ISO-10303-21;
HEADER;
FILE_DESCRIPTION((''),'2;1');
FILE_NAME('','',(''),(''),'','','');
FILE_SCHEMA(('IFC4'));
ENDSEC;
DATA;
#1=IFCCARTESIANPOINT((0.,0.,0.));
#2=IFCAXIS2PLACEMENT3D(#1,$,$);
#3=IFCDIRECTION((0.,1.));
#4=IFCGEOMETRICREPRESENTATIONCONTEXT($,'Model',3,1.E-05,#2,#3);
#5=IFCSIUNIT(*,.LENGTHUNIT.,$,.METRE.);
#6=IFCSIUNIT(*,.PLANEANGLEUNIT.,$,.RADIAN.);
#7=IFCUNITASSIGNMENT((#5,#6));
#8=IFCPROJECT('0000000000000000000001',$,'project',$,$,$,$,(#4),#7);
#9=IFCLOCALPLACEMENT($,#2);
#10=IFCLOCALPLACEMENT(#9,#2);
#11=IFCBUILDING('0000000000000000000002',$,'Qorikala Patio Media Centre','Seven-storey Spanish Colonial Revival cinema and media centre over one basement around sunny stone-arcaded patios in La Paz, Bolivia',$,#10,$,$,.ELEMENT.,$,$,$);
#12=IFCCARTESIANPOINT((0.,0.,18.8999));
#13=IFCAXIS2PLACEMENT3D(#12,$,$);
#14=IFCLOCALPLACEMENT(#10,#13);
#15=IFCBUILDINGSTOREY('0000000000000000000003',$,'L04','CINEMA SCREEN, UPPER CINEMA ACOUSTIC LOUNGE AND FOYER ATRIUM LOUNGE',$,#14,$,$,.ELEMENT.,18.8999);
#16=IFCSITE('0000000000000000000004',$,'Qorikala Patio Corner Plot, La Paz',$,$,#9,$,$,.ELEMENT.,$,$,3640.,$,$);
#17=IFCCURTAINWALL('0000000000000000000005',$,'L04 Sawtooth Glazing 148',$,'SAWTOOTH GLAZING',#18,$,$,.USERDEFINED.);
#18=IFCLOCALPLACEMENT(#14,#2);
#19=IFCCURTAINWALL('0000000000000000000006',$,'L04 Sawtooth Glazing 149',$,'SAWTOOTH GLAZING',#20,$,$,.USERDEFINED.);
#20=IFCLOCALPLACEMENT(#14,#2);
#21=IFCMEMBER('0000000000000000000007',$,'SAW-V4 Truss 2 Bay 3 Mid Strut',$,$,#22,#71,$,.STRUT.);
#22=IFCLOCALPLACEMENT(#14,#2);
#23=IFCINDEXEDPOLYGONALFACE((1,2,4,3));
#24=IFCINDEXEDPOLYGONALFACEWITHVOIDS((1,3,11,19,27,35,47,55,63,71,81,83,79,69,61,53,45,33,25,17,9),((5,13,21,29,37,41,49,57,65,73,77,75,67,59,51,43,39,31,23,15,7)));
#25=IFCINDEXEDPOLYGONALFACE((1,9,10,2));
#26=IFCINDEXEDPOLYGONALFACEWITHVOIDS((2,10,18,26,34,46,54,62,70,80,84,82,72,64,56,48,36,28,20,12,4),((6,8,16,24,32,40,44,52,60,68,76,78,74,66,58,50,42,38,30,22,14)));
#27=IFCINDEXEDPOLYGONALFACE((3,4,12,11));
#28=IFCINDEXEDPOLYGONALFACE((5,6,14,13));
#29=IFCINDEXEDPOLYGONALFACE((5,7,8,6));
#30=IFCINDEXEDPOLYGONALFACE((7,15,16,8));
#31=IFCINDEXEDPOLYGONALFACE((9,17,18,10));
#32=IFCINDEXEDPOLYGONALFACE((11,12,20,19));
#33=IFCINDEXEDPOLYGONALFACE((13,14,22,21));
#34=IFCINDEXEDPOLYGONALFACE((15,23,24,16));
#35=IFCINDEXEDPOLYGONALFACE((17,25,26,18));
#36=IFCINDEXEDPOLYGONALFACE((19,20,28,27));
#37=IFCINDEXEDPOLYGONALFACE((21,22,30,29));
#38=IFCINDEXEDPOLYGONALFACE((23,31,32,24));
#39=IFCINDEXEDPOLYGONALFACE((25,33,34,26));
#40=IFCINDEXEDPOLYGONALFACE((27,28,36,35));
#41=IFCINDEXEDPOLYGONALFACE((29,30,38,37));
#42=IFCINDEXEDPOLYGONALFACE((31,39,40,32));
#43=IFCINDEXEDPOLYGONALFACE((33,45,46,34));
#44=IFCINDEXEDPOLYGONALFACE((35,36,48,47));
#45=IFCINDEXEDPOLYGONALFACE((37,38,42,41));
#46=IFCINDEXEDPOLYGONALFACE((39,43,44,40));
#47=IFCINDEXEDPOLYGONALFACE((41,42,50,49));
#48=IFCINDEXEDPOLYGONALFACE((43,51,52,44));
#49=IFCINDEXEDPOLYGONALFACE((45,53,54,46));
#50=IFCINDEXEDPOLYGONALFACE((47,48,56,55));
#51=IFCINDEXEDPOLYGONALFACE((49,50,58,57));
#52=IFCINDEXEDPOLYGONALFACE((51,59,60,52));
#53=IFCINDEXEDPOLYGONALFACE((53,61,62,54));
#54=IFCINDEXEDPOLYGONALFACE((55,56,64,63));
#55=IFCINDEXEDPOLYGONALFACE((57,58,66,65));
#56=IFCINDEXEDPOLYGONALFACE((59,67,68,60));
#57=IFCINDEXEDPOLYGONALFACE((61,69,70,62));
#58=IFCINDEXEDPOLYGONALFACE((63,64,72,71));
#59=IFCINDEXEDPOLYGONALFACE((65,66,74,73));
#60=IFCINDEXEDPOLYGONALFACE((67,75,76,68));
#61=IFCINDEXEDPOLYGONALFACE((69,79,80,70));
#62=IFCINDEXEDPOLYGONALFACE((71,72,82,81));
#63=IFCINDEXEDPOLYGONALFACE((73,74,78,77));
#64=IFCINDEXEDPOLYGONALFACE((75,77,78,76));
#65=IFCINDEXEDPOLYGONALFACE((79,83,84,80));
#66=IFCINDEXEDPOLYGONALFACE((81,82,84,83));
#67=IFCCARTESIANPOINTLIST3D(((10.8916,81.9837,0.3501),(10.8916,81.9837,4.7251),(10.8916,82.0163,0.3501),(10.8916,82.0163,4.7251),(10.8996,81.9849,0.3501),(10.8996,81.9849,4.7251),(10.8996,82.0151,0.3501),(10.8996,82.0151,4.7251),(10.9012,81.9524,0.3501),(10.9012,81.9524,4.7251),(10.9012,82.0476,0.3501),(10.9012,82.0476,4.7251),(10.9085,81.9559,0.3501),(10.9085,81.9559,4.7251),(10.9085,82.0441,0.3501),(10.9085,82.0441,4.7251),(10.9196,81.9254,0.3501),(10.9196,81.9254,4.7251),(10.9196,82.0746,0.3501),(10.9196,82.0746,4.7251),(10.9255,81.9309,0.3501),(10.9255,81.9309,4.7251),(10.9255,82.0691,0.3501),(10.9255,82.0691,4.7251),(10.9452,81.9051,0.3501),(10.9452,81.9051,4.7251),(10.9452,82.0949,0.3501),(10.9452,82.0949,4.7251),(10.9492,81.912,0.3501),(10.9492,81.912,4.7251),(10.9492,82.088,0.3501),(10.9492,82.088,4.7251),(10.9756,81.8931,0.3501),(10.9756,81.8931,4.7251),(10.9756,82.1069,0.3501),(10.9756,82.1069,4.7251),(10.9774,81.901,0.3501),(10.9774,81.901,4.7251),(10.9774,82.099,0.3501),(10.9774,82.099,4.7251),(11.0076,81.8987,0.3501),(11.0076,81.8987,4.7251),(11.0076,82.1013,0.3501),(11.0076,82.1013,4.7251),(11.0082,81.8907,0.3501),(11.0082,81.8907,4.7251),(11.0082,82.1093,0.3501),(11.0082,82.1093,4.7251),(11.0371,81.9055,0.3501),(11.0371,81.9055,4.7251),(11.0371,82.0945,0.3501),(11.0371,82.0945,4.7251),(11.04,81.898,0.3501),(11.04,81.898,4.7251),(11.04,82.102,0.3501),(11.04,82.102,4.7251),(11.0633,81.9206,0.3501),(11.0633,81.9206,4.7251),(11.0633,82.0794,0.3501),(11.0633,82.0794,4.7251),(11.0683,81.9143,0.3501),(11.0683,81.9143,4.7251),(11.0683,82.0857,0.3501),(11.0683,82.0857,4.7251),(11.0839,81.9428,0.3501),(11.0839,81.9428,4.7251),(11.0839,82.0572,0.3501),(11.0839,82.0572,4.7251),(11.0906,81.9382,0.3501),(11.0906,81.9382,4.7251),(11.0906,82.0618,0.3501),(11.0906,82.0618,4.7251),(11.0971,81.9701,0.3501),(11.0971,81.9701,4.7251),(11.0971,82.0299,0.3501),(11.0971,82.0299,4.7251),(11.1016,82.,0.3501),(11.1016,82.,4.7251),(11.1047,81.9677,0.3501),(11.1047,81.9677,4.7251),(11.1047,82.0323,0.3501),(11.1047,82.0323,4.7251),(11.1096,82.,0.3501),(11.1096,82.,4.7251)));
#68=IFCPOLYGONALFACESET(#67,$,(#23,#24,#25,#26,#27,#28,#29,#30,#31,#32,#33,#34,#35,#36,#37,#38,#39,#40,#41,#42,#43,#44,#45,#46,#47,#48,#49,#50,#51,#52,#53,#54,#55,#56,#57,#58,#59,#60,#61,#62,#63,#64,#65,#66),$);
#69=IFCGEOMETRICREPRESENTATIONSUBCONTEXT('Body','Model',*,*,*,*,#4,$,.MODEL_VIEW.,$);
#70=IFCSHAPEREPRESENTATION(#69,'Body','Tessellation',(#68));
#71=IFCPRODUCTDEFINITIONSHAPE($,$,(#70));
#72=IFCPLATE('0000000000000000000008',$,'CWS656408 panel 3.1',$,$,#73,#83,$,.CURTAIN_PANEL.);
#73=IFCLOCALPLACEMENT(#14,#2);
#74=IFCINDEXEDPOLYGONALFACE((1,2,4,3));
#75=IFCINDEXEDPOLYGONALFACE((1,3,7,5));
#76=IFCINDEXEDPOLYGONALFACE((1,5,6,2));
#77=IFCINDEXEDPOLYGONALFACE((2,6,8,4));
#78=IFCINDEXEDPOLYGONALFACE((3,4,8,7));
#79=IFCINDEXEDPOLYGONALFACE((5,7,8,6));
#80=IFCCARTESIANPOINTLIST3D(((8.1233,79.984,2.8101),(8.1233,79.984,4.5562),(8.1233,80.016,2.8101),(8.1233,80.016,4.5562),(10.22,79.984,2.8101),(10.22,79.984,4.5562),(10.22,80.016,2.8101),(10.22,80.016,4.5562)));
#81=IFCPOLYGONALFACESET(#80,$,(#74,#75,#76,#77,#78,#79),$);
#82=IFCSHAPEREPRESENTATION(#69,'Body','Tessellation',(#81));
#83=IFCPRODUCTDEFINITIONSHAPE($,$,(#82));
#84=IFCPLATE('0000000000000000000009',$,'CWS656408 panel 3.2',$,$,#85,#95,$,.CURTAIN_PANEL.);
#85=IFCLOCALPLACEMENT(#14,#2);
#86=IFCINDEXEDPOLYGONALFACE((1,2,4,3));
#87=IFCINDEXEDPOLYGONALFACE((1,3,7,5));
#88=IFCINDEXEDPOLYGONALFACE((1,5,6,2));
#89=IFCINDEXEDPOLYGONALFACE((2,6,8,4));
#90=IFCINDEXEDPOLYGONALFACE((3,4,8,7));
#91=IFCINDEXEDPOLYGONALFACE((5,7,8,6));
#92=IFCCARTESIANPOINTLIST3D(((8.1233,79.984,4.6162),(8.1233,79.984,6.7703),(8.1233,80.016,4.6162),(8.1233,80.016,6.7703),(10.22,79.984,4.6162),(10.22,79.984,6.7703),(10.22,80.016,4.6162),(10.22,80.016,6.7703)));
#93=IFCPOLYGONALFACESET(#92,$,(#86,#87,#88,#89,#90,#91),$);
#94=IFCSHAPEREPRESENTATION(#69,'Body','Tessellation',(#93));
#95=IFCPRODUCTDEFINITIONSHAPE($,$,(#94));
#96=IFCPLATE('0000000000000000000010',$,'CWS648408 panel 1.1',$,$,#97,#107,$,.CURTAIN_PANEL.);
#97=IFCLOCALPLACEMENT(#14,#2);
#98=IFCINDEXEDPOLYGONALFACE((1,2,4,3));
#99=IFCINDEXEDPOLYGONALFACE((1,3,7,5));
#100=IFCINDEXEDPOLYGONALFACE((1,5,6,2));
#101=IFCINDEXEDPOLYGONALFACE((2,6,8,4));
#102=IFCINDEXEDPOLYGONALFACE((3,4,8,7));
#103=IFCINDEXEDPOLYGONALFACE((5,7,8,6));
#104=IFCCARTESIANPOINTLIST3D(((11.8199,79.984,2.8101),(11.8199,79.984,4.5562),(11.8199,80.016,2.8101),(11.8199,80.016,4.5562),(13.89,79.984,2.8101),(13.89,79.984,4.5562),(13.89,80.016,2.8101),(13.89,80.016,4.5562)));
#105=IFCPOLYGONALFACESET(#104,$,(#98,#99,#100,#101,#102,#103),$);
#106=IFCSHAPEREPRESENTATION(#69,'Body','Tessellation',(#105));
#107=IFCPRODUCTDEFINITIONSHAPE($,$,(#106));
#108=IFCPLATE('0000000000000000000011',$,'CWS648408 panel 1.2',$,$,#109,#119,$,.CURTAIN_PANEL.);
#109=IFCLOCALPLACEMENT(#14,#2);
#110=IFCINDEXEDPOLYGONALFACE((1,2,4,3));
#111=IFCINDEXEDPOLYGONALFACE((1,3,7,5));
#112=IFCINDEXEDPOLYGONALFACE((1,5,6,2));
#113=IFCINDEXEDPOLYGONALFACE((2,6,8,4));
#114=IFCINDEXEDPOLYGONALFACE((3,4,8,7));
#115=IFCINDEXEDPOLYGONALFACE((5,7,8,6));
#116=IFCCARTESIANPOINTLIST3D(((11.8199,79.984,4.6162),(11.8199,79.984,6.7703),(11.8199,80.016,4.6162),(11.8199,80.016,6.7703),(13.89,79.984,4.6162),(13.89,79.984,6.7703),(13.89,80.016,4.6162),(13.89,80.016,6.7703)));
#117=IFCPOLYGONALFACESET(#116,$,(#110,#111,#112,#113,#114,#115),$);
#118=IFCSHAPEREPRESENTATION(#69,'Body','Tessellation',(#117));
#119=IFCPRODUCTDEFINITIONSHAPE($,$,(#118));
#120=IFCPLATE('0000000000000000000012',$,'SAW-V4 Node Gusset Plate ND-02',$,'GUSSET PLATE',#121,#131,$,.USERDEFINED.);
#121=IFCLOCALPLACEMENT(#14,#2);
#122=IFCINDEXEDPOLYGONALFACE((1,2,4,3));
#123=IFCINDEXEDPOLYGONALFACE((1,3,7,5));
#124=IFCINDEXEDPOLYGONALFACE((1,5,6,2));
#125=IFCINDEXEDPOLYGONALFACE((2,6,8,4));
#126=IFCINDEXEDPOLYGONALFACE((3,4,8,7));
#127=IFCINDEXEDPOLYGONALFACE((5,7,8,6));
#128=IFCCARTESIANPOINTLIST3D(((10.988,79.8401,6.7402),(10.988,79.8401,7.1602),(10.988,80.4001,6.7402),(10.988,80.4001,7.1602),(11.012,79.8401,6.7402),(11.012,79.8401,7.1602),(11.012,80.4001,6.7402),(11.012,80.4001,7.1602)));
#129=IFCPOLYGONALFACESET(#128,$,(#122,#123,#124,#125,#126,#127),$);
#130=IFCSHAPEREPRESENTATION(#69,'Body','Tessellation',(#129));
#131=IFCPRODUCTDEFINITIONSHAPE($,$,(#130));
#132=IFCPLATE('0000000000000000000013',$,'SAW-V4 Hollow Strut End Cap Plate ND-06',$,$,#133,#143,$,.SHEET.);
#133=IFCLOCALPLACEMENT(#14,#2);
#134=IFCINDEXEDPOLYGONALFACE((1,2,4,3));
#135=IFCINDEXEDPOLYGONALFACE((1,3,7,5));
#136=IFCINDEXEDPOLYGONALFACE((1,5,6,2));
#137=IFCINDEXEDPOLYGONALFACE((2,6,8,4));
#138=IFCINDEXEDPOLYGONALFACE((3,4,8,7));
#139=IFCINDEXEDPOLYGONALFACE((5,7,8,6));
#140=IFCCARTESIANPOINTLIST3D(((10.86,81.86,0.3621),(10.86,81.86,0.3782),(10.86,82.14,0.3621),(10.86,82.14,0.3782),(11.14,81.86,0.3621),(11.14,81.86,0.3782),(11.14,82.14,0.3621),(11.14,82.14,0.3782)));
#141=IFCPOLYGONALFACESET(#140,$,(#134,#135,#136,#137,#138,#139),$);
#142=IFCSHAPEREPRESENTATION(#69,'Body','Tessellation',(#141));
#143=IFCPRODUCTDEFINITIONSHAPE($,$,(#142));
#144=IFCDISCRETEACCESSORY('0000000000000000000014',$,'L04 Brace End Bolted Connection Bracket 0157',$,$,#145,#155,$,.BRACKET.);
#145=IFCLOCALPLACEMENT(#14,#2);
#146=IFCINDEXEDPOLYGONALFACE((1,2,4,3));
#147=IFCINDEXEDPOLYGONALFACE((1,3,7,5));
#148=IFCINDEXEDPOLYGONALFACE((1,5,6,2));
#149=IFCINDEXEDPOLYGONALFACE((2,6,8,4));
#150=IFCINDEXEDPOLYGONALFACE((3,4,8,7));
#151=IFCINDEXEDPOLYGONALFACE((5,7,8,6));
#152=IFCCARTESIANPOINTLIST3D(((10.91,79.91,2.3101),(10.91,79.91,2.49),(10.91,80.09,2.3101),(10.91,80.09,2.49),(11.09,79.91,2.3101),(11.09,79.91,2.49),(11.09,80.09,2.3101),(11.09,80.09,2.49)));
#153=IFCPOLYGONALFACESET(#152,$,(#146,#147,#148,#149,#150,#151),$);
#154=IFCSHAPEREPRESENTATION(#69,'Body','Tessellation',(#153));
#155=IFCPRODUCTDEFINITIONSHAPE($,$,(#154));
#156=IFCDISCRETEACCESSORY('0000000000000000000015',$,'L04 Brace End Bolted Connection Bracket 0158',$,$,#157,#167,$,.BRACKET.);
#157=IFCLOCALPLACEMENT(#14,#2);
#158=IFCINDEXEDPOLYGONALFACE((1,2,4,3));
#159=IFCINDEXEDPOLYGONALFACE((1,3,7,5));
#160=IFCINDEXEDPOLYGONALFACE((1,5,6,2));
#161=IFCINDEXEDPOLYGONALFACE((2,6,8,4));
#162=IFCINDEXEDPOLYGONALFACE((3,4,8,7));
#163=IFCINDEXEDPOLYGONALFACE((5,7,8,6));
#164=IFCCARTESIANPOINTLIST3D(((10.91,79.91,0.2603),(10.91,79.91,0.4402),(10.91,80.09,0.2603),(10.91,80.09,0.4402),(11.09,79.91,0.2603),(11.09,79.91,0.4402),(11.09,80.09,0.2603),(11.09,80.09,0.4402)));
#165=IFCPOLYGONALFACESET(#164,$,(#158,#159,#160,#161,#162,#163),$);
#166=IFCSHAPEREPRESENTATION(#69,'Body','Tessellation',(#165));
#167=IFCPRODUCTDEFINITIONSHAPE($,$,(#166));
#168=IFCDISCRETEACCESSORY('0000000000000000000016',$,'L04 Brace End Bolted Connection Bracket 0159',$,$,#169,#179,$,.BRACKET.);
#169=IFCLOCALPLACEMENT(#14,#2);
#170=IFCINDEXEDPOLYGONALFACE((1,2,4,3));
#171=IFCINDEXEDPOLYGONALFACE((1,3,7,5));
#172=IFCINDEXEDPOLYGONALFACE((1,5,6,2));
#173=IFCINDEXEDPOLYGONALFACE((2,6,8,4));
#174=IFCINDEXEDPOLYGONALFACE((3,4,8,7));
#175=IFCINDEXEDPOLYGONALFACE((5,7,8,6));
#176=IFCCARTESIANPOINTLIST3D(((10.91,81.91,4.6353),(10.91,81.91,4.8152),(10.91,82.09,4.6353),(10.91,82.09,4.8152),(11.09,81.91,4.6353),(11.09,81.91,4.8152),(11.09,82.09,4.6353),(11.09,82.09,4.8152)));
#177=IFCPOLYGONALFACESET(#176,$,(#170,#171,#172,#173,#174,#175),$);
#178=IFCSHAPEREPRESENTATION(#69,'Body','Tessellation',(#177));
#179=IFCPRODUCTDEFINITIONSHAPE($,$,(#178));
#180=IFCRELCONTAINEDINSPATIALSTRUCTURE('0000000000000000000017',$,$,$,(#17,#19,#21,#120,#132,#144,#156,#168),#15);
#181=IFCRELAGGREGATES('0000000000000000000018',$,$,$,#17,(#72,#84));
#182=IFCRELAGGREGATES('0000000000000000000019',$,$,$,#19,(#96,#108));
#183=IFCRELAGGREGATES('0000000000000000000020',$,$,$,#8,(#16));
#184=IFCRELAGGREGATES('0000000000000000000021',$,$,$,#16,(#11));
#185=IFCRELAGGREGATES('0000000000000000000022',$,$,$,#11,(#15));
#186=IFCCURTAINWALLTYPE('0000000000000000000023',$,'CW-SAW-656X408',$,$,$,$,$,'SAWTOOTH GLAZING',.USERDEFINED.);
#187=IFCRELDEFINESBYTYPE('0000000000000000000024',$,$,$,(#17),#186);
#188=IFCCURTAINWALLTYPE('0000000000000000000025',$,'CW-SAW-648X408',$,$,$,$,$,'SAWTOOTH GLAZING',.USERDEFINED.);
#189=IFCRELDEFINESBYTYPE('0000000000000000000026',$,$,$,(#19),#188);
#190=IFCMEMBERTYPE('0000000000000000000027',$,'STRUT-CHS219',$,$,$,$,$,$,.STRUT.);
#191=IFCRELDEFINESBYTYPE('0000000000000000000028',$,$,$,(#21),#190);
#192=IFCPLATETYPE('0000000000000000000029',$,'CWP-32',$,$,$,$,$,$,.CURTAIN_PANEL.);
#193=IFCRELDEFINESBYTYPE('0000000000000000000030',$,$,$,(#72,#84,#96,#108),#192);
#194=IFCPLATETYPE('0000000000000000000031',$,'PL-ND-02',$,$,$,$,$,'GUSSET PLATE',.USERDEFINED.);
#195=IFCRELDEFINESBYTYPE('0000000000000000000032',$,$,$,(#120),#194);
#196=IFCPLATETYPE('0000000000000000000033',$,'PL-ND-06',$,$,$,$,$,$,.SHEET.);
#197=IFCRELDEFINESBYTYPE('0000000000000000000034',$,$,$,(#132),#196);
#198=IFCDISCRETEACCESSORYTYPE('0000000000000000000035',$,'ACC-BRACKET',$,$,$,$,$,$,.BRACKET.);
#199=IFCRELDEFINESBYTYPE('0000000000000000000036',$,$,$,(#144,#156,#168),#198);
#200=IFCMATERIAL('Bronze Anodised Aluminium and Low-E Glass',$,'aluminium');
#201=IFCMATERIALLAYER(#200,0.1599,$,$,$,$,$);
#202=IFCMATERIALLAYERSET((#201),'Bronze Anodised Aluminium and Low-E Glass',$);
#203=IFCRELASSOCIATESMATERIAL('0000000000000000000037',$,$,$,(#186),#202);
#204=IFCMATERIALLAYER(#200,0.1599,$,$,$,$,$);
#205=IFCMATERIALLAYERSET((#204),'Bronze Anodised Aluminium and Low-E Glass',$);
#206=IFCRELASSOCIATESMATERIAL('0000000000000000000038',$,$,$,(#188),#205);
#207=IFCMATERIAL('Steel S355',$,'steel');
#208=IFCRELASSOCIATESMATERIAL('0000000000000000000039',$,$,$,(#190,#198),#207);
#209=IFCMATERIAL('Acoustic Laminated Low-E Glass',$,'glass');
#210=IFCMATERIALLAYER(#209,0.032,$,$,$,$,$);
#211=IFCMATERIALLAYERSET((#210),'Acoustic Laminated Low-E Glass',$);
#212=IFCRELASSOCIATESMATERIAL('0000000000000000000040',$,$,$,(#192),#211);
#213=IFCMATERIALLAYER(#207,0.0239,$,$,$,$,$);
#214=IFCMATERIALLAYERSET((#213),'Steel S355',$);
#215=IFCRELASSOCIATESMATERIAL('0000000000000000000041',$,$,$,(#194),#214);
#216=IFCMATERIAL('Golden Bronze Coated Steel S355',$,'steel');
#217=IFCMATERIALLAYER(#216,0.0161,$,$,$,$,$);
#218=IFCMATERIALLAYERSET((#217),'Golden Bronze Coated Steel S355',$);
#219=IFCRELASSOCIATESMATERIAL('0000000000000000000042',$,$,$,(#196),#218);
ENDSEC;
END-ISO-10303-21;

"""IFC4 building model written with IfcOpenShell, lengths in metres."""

from ifc_helpers import new_model, si_unit, direction, frame, origin, origin_2d, place, context, subcontext, project, spatial, rectangle, hollow_circle, extrude, material, layer, layer_set, material_profile, profile_set, type_object, element, aggregate, save


model = new_model("IFC4")

# Units and contexts
model_context = context("Model", 3, precision=1e-05, world=origin(), true_north=direction((0.0, 1.0)))
body_context = subcontext(model_context, "Body", "Model", "MODEL_VIEW")
ifc_project = project(units=[si_unit("LENGTHUNIT", "METRE"), si_unit("PLANEANGLEUNIT", "RADIAN")], contexts=[model_context])

# Site, building, storey
site_placement = place(None, origin())
site = spatial("IfcSite", under=ifc_project, at=site_placement, Name="Qorikala Patio Corner Plot, La Paz", CompositionType="ELEMENT", RefElevation=3640.0)
building_placement = place(site_placement, origin())
building = spatial("IfcBuilding", under=site, at=building_placement, Name="Qorikala Patio Media Centre", Description="Seven-storey Spanish Colonial Revival cinema and media centre over one basement around sunny stone-arcaded patios in La Paz, Bolivia", CompositionType="ELEMENT")
storey_placement = place(building_placement, frame((0.0, 0.0, 18.8999)))
storey = spatial("IfcBuildingStorey", under=building, at=storey_placement, Name="L04", Description="CINEMA SCREEN, UPPER CINEMA ACOUSTIC LOUNGE AND FOYER ATRIUM LOUNGE", CompositionType="ELEMENT", Elevation=18.8999)

# Shared definitions
ifc_material_1 = material(Name="Steel S355", Category="steel")

# Curtain walls
ifc_material_2 = material(Name="Bronze Anodised Aluminium and Low-E Glass", Category="aluminium")
ifc_layer_1 = layer(ifc_material_2, 0.1599)
ifc_layer_set_1 = layer_set([ifc_layer_1], Name="Bronze Anodised Aluminium and Low-E Glass")
curtain_wall_type_1 = type_object("IfcCurtainWallType", Name="CW-SAW-656X408", ElementType="SAWTOOTH GLAZING", PredefinedType="USERDEFINED", material=ifc_layer_set_1)
curtain_wall_1_placement = place(storey_placement, origin())
curtain_wall_1 = element("IfcCurtainWall", 1, at=curtain_wall_1_placement, inside=storey, type_object=curtain_wall_type_1, Name="L04 Sawtooth Glazing 148", ObjectType="SAWTOOTH GLAZING", PredefinedType="USERDEFINED")
ifc_layer_2 = layer(ifc_material_2, 0.1599)
ifc_layer_set_2 = layer_set([ifc_layer_2], Name="Bronze Anodised Aluminium and Low-E Glass")
curtain_wall_type_2 = type_object("IfcCurtainWallType", Name="CW-SAW-648X408", ElementType="SAWTOOTH GLAZING", PredefinedType="USERDEFINED", material=ifc_layer_set_2)
curtain_wall_2_placement = place(storey_placement, origin())
curtain_wall_2 = element("IfcCurtainWall", 2, at=curtain_wall_2_placement, inside=storey, type_object=curtain_wall_type_2, Name="L04 Sawtooth Glazing 149", ObjectType="SAWTOOTH GLAZING", PredefinedType="USERDEFINED")

# Member
ifc_material_profile_1 = material_profile(ifc_material_1, hollow_circle(Radius=0.1096, WallThickness=0.0081, at=origin_2d()), Name="CHS219X8")
ifc_profile_set_1 = profile_set([ifc_material_profile_1], Name="Steel S355")
member_type_1 = type_object("IfcMemberType", Name="STRUT-CHS219", PredefinedType="STRUT", material=ifc_profile_set_1)
member_1_placement = place(storey_placement, frame((11.0, 82.0, 0.3501), z_axis=(0.0, 0.0, 1.0), x_axis=(1.0, 0.0, 0.0)))
element("IfcMember", 3, at=member_1_placement, inside=storey, type_object=member_type_1, Name="SAW-V4 Truss 2 Bay 3 Mid Strut", PredefinedType="STRUT", context=body_context, shape_type="SweptSolid", body=[
    extrude(hollow_circle(Radius=0.1096, WallThickness=0.0081, at=origin_2d()), origin(), (0.0, 0.0, 1.0), 4.375),
])

# Plates
ifc_material_3 = material(Name="Acoustic Laminated Low-E Glass", Category="glass")
ifc_layer_3 = layer(ifc_material_3, 0.032)
ifc_layer_set_3 = layer_set([ifc_layer_3], Name="Acoustic Laminated Low-E Glass")
plate_type_1 = type_object("IfcPlateType", Name="CWP-32", PredefinedType="CURTAIN_PANEL", material=ifc_layer_set_3)
plate_1_placement = place(storey_placement, frame((9.1716, 80.0, 2.8101), z_axis=(0.0, 0.0, 1.0), x_axis=(1.0, 0.0, 0.0)))
plate_1 = element("IfcPlate", 4, at=plate_1_placement, type_object=plate_type_1, Name="CWS656408 panel 3.1", PredefinedType="CURTAIN_PANEL", context=body_context, shape_type="SweptSolid", body=[
    extrude(rectangle(XDim=2.0967, YDim=0.032, at=origin_2d()), origin(), (0.0, 0.0, 1.0), 1.7461),
])
plate_2_placement = place(storey_placement, frame((9.1716, 80.0, 4.6162), z_axis=(0.0, 0.0, 1.0), x_axis=(1.0, 0.0, 0.0)))
plate_2 = element("IfcPlate", 5, at=plate_2_placement, type_object=plate_type_1, Name="CWS656408 panel 3.2", PredefinedType="CURTAIN_PANEL", context=body_context, shape_type="SweptSolid", body=[
    extrude(rectangle(XDim=2.0967, YDim=0.032, at=origin_2d()), origin(), (0.0, 0.0, 1.0), 2.1541),
])
aggregate(curtain_wall_1, [plate_1, plate_2])
plate_3_placement = place(storey_placement, frame((12.855, 80.0, 2.8101), z_axis=(0.0, 0.0, 1.0), x_axis=(1.0, 0.0, 0.0)))
plate_3 = element("IfcPlate", 6, at=plate_3_placement, type_object=plate_type_1, Name="CWS648408 panel 1.1", PredefinedType="CURTAIN_PANEL", context=body_context, shape_type="SweptSolid", body=[
    extrude(rectangle(XDim=2.0701, YDim=0.032, at=origin_2d()), origin(), (0.0, 0.0, 1.0), 1.7461),
])
plate_4_placement = place(storey_placement, frame((12.855, 80.0, 4.6162), z_axis=(0.0, 0.0, 1.0), x_axis=(1.0, 0.0, 0.0)))
plate_4 = element("IfcPlate", 7, at=plate_4_placement, type_object=plate_type_1, Name="CWS648408 panel 1.2", PredefinedType="CURTAIN_PANEL", context=body_context, shape_type="SweptSolid", body=[
    extrude(rectangle(XDim=2.0701, YDim=0.032, at=origin_2d()), origin(), (0.0, 0.0, 1.0), 2.1541),
])
aggregate(curtain_wall_2, [plate_3, plate_4])

# Plates
ifc_layer_4 = layer(ifc_material_1, 0.0239)
ifc_layer_set_4 = layer_set([ifc_layer_4], Name="Steel S355")
plate_type_2 = type_object("IfcPlateType", Name="PL-ND-02", ElementType="GUSSET PLATE", PredefinedType="USERDEFINED", material=ifc_layer_set_4)
plate_5_placement = place(storey_placement, frame((11.0, 80.1201, 6.7402), z_axis=(0.0, 0.0, 1.0), x_axis=(1.0, 0.0, 0.0)))
element("IfcPlate", 8, at=plate_5_placement, inside=storey, type_object=plate_type_2, Name="SAW-V4 Node Gusset Plate ND-02", ObjectType="GUSSET PLATE", PredefinedType="USERDEFINED", context=body_context, shape_type="SweptSolid", body=[
    extrude(rectangle(XDim=0.0239, YDim=0.5601, at=origin_2d()), origin(), (0.0, 0.0, 1.0), 0.4199),
])
ifc_material_4 = material(Name="Golden Bronze Coated Steel S355", Category="steel")
ifc_layer_5 = layer(ifc_material_4, 0.0161)
ifc_layer_set_5 = layer_set([ifc_layer_5], Name="Golden Bronze Coated Steel S355")
plate_type_3 = type_object("IfcPlateType", Name="PL-ND-06", PredefinedType="SHEET", material=ifc_layer_set_5)
plate_6_placement = place(storey_placement, frame((11.0, 82.0, 0.3621), z_axis=(0.0, 0.0, 1.0), x_axis=(1.0, 0.0, 0.0)))
element("IfcPlate", 9, at=plate_6_placement, inside=storey, type_object=plate_type_3, Name="SAW-V4 Hollow Strut End Cap Plate ND-06", PredefinedType="SHEET", context=body_context, shape_type="SweptSolid", body=[
    extrude(rectangle(XDim=0.28, YDim=0.28, at=origin_2d()), origin(), (0.0, 0.0, 1.0), 0.0161),
])

# Discrete accessories
discrete_accessory_type = type_object("IfcDiscreteAccessoryType", Name="ACC-BRACKET", PredefinedType="BRACKET", material=ifc_material_1)
for number, where, z_axis, x_axis, name in (
    (10, (11.0, 80.0, 2.3101), (0.0, 0.0, 1.0), (1.0, 0.0, 0.0), "L04 Brace End Bolted Connection Bracket 0157"),
    (11, (11.0, 80.0, 0.2603), (0.0, 0.0, 1.0), (1.0, 0.0, 0.0), "L04 Brace End Bolted Connection Bracket 0158"),
    (12, (11.0, 82.0, 4.6353), (0.0, 0.0, 1.0), (1.0, 0.0, 0.0), "L04 Brace End Bolted Connection Bracket 0159"),
):
    element("IfcDiscreteAccessory", number, at=place(storey_placement, frame(where, z_axis=z_axis, x_axis=x_axis)), inside=storey, type_object=discrete_accessory_type, Name=name, PredefinedType="BRACKET", context=body_context, shape_type="SweptSolid", body=[
        extrude(rectangle(XDim=0.1799, YDim=0.1799, at=origin_2d()), origin(), (0.0, 0.0, 1.0), 0.1799),
    ])

save(model, "model.ifc")
